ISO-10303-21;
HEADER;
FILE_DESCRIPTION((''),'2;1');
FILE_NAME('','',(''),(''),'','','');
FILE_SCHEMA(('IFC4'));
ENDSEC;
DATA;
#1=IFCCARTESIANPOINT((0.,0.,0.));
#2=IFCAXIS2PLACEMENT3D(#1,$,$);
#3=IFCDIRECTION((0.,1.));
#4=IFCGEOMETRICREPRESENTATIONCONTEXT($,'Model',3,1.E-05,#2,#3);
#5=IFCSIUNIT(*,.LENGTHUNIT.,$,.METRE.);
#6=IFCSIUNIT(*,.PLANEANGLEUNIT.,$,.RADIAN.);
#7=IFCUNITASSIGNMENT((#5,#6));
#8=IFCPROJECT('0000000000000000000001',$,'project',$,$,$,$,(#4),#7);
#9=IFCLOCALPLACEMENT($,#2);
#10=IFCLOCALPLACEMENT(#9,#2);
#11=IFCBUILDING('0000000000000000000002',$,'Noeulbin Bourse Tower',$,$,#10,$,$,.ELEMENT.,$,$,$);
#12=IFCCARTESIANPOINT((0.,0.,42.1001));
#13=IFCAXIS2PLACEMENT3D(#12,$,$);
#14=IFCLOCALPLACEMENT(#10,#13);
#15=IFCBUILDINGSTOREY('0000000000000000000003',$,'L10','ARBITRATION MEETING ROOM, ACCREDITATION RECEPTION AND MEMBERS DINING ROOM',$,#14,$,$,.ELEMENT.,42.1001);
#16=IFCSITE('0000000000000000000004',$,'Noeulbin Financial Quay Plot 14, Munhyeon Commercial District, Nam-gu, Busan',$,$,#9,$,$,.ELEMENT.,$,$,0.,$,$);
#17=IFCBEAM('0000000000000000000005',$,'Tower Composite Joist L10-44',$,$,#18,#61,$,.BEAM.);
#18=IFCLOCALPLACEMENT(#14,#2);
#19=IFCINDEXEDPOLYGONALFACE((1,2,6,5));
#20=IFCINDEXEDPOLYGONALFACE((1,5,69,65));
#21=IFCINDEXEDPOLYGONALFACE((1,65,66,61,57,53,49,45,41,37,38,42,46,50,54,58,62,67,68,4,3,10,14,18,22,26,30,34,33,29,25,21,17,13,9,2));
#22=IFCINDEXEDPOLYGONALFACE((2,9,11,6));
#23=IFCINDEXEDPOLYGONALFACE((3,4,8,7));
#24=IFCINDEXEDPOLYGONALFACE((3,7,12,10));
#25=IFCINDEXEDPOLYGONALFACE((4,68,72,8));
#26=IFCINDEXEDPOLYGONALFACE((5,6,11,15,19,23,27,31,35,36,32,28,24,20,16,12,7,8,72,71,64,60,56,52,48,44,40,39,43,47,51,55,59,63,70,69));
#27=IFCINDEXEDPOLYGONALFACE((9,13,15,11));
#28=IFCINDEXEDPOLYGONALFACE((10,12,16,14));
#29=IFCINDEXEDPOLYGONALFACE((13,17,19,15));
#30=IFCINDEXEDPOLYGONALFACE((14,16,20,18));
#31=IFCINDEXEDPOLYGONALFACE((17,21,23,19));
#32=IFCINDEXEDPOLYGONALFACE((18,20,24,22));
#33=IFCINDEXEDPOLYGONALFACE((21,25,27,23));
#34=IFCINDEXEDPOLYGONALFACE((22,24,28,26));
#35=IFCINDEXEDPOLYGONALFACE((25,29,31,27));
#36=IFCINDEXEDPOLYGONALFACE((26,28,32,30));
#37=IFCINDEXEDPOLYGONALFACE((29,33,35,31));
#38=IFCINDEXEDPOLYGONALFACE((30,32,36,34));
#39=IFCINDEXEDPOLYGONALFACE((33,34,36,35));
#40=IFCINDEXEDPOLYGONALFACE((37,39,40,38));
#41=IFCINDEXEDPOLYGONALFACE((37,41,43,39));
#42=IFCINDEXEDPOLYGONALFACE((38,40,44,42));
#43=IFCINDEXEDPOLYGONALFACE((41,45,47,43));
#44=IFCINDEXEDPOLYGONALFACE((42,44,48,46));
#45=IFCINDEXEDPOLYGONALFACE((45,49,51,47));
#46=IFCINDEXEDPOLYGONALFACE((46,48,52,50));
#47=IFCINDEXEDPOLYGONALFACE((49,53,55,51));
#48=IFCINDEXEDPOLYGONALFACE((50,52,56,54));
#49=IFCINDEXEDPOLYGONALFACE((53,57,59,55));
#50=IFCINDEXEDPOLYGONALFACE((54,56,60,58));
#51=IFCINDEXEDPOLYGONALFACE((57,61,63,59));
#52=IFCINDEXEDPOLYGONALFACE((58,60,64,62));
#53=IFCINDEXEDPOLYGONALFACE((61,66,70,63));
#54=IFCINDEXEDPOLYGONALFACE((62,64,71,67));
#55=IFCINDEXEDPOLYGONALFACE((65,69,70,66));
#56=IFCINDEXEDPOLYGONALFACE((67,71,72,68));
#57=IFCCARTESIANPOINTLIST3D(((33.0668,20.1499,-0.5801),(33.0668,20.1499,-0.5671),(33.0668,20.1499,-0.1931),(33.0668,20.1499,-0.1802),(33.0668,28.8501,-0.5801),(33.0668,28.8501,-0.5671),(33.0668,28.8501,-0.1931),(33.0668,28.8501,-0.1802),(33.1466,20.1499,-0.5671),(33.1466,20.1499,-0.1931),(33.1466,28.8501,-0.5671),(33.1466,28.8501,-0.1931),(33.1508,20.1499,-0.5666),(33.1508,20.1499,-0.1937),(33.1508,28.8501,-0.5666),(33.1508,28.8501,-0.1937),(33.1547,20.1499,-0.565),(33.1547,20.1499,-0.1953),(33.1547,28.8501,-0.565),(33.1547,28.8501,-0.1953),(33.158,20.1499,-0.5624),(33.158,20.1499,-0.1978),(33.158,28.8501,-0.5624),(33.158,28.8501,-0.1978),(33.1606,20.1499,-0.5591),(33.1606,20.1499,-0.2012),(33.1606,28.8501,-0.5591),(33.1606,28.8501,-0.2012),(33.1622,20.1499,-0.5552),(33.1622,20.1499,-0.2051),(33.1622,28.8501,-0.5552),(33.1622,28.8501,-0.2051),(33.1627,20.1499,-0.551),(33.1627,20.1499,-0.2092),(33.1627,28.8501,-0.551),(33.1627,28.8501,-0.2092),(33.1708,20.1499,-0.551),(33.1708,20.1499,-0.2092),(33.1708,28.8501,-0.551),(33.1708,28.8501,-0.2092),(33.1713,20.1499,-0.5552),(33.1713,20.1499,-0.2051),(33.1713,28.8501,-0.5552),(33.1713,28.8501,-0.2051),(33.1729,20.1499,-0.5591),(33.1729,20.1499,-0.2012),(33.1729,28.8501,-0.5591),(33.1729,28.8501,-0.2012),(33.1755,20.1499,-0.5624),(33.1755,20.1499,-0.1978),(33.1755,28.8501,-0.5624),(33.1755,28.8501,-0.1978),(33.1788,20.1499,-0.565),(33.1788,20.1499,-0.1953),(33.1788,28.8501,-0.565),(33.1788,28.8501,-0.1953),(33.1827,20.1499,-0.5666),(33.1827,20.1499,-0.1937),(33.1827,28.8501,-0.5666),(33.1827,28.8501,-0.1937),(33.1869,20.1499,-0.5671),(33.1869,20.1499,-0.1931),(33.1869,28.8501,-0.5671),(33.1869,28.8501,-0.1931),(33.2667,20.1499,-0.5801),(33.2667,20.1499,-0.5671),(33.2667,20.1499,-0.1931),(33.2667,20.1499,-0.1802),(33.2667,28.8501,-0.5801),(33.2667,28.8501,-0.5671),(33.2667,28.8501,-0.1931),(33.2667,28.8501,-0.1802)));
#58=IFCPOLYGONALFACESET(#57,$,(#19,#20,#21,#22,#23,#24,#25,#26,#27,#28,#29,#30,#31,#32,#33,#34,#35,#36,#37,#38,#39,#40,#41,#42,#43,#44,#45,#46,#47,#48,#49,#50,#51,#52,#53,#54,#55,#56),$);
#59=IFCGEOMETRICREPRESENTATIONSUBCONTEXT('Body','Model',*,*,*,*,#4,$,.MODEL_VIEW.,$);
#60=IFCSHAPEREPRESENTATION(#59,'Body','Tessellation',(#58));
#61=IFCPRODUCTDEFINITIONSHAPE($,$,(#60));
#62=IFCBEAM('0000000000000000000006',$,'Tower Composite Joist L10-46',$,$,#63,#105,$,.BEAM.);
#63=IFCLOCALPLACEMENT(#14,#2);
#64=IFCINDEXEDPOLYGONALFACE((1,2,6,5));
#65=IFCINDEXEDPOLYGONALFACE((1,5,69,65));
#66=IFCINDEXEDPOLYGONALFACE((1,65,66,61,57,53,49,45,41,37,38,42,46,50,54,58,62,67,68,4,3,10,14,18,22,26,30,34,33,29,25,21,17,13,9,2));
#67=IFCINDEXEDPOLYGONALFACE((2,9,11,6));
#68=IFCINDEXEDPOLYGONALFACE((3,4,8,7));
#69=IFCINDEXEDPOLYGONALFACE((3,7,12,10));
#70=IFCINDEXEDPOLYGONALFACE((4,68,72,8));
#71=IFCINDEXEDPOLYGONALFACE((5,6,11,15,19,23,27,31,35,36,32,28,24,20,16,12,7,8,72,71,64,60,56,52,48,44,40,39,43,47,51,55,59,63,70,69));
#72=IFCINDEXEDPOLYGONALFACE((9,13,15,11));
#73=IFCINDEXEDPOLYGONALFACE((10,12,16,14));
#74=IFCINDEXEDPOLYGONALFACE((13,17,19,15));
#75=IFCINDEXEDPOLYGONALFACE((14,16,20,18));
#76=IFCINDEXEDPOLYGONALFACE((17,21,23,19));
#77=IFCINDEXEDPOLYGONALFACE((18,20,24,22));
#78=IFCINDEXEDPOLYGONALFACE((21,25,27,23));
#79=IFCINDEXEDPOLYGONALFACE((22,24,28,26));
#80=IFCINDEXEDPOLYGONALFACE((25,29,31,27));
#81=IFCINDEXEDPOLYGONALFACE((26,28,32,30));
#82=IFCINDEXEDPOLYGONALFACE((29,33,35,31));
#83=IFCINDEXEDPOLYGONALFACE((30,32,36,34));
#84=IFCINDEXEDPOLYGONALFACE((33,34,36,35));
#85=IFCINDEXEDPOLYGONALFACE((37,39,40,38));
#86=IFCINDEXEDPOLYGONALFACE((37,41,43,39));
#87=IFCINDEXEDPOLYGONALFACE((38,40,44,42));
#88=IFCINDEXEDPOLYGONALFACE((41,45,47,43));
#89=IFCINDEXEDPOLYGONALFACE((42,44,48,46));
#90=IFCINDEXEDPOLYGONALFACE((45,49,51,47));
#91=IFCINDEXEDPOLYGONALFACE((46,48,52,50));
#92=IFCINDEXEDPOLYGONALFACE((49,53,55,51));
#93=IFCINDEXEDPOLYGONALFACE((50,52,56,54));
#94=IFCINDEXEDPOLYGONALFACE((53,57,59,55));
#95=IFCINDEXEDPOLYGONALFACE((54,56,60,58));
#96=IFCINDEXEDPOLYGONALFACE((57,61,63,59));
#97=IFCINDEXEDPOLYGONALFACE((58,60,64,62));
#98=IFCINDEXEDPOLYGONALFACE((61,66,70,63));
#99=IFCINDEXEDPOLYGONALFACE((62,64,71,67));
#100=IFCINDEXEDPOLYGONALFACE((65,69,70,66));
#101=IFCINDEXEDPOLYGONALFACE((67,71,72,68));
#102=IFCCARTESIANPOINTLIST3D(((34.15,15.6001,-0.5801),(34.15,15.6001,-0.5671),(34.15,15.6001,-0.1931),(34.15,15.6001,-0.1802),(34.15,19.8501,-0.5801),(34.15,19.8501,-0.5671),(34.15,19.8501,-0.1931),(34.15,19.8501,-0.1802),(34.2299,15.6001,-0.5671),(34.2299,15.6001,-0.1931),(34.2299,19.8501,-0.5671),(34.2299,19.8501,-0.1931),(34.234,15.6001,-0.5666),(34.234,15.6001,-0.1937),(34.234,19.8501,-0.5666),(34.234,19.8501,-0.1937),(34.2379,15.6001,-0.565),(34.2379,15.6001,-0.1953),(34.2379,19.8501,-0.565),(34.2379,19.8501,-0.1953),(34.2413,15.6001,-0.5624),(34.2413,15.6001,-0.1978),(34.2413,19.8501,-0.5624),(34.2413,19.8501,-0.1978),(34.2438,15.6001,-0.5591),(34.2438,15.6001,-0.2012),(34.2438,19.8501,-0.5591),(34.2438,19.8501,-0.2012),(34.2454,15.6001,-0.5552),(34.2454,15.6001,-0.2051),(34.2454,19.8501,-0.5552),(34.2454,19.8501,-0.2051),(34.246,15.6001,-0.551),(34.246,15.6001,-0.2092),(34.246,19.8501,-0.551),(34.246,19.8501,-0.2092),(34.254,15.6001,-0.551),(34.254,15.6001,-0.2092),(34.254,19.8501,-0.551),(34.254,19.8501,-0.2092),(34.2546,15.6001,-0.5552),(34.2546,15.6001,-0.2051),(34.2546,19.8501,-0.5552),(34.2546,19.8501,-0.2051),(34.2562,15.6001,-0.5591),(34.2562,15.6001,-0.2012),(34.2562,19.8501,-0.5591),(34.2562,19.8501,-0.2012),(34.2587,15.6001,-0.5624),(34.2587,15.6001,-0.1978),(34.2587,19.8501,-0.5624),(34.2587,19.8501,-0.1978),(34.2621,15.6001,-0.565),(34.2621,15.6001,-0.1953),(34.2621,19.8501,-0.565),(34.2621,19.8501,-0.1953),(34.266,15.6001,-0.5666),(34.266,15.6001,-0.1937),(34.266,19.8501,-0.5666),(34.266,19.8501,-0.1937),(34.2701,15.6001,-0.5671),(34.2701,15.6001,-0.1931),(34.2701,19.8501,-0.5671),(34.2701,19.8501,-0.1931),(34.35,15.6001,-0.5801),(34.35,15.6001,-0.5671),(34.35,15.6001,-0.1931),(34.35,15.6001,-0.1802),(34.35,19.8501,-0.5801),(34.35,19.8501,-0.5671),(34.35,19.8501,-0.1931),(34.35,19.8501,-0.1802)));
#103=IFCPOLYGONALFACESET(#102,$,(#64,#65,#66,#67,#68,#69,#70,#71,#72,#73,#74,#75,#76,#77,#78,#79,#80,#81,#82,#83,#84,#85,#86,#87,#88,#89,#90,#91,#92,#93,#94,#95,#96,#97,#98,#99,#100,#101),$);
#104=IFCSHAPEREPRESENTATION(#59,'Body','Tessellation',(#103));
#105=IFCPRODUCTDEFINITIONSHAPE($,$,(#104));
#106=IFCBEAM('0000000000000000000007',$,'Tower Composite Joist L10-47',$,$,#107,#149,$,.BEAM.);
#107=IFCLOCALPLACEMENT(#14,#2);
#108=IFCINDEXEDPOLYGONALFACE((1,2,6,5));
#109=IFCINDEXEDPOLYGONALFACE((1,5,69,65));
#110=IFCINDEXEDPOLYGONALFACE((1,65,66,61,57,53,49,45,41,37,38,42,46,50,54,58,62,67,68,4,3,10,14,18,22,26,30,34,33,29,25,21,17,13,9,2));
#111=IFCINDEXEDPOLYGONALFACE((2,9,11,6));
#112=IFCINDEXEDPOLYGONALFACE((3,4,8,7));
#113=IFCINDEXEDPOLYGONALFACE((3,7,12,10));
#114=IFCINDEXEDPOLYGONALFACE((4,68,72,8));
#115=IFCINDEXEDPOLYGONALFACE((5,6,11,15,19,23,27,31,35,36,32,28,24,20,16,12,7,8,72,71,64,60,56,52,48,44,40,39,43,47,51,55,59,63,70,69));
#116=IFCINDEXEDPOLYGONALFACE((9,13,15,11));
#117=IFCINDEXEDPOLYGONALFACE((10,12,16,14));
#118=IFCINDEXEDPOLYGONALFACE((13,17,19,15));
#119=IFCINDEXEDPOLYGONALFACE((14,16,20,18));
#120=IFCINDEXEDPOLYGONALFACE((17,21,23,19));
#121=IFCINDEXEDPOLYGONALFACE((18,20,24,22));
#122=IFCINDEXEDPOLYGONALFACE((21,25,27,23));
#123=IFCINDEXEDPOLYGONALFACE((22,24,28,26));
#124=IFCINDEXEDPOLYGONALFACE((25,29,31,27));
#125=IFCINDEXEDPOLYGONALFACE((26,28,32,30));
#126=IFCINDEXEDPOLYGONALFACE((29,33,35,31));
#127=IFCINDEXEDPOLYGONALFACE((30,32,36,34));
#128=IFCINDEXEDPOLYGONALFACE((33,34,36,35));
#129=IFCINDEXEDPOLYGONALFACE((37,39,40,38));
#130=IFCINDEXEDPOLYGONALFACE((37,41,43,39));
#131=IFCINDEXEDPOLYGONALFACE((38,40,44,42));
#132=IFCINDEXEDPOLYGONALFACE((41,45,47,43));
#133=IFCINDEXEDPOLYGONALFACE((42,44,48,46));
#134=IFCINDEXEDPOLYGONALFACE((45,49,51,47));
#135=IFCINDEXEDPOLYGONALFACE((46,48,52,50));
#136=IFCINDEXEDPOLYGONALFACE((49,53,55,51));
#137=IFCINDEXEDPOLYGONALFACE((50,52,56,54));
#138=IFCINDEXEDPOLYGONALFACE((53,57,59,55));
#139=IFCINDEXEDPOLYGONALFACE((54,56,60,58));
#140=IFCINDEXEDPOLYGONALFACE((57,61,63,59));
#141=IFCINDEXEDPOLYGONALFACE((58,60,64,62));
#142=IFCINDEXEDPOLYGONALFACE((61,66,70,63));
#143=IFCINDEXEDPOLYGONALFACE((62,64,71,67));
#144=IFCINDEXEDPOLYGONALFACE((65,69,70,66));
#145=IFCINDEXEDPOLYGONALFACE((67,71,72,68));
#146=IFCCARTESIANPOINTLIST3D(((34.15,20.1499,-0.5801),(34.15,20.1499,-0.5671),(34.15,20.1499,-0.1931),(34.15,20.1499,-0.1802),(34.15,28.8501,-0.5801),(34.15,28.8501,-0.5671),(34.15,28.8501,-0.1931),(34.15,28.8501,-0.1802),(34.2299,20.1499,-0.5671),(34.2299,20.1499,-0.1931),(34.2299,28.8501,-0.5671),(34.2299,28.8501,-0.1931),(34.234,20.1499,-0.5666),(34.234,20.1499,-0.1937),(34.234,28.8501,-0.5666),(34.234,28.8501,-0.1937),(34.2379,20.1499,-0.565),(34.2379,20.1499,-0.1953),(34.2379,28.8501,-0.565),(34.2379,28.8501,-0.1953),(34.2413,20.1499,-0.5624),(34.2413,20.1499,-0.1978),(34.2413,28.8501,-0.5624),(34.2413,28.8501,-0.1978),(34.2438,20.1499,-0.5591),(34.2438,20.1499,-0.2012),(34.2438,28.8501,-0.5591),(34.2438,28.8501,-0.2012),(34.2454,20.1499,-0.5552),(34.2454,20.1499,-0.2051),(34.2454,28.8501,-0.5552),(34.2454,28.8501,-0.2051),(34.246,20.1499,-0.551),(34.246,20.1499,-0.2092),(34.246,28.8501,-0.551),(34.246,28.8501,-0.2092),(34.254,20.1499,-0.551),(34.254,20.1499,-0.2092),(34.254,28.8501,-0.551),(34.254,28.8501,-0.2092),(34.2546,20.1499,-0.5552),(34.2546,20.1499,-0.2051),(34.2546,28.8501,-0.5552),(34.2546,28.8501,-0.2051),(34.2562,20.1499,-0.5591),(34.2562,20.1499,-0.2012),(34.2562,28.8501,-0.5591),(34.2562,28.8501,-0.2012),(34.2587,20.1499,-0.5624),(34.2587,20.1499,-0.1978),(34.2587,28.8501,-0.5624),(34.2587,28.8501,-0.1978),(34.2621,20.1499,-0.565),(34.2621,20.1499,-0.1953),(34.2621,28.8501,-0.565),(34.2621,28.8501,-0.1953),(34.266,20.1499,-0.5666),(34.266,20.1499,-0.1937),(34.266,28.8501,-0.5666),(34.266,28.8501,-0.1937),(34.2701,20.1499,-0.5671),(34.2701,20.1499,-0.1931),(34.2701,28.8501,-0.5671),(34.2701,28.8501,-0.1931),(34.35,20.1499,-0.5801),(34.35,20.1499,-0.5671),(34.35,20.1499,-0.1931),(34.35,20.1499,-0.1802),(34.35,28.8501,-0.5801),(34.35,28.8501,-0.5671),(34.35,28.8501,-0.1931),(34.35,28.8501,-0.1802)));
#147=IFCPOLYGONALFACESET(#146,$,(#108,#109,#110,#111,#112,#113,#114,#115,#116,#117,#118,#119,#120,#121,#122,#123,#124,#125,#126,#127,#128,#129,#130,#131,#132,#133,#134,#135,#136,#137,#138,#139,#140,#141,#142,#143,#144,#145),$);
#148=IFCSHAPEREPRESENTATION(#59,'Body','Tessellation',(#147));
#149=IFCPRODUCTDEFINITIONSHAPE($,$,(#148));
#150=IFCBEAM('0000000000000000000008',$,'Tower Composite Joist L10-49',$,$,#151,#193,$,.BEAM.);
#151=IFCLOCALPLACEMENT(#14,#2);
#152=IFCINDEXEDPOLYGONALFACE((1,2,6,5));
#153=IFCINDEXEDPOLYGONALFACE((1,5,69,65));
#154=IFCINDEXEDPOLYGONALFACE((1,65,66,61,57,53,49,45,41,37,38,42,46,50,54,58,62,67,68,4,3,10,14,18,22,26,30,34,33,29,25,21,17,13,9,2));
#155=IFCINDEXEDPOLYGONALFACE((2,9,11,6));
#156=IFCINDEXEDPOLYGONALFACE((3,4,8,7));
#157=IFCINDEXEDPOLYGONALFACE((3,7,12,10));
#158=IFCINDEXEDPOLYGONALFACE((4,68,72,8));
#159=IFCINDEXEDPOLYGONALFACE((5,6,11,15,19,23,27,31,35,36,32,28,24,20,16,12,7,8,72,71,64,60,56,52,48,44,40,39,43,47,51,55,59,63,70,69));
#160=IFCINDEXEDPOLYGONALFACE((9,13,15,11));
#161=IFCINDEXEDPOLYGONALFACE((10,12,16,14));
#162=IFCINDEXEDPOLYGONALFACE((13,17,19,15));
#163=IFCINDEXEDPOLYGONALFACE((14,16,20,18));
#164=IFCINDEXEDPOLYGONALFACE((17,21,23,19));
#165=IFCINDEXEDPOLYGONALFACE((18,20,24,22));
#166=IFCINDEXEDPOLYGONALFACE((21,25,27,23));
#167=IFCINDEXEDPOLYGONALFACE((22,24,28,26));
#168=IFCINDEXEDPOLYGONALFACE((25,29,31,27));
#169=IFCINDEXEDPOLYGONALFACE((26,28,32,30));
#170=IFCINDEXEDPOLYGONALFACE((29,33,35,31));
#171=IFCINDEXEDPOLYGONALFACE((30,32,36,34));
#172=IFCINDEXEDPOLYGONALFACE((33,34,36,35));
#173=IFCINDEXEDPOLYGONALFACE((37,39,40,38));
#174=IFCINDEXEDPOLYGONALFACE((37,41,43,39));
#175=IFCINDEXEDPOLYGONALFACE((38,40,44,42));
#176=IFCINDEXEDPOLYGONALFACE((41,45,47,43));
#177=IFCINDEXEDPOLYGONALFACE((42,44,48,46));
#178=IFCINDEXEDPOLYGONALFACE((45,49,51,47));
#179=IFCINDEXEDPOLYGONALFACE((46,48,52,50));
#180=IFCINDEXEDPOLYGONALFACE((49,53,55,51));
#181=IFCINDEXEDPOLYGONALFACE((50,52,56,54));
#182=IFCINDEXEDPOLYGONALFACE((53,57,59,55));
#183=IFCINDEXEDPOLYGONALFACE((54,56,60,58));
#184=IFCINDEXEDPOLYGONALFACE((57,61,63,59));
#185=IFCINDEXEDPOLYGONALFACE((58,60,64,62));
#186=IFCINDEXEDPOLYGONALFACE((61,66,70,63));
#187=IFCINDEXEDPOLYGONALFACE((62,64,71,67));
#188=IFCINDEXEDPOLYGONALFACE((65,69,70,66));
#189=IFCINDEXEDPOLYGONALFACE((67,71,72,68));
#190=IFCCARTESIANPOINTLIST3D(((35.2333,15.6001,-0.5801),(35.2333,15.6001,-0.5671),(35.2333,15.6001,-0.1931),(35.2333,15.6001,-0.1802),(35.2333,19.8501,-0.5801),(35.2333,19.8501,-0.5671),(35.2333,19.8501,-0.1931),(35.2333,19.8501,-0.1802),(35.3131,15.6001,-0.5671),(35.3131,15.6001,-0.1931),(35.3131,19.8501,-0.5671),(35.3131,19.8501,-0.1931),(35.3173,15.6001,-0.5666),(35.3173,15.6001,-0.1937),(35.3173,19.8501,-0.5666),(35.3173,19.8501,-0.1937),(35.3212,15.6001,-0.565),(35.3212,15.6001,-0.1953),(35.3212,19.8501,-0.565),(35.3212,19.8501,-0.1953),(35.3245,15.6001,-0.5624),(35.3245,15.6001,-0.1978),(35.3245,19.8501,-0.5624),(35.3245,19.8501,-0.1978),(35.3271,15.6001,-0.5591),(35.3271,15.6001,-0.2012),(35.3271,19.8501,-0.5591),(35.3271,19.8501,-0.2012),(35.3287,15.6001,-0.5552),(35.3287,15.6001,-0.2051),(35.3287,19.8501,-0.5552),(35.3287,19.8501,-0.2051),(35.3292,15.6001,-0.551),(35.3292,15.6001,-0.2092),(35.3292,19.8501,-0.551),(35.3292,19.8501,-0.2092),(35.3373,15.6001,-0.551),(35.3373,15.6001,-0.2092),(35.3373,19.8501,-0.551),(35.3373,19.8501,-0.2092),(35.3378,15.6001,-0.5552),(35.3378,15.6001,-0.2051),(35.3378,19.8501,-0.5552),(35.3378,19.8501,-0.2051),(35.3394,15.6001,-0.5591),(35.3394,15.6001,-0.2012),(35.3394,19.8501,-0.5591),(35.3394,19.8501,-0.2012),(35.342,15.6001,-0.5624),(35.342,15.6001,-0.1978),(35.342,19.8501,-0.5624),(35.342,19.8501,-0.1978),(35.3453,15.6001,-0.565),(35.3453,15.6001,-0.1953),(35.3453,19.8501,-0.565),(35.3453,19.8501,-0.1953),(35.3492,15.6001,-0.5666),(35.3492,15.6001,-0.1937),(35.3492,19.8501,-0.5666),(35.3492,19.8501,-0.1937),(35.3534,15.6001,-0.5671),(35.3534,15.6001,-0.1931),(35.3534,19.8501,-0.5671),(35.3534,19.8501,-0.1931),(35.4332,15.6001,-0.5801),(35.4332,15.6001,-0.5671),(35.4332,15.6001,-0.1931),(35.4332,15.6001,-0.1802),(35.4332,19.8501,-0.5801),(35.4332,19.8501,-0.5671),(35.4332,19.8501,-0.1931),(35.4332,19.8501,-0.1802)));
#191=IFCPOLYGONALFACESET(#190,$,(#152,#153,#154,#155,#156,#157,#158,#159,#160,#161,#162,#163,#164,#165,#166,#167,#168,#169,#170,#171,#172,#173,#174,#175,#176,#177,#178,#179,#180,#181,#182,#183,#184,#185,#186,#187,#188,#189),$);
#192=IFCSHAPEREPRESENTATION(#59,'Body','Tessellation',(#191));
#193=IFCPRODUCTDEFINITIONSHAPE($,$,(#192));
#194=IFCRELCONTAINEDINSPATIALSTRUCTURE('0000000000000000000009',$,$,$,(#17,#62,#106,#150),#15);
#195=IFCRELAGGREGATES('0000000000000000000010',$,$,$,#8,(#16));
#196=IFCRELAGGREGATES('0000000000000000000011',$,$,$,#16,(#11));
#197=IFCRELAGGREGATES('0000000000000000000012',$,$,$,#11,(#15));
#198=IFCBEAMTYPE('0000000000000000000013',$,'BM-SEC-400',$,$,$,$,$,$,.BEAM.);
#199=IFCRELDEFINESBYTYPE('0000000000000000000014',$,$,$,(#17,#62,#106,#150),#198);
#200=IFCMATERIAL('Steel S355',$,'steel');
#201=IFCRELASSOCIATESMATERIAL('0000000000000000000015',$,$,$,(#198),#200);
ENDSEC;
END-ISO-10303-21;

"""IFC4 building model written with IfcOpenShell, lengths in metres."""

from ifc_helpers import new_model, si_unit, direction, frame, origin, origin_2d, place, context, subcontext, project, spatial, i_section, extrude, material, material_profile, profile_set, type_object, element, save


model = new_model("IFC4")

# Units and contexts
model_context = context("Model", 3, precision=1e-05, world=origin(), true_north=direction((0.0, 1.0)))
body_context = subcontext(model_context, "Body", "Model", "MODEL_VIEW")
ifc_project = project(units=[si_unit("LENGTHUNIT", "METRE"), si_unit("PLANEANGLEUNIT", "RADIAN")], contexts=[model_context])

# Site, building, storey
site_placement = place(None, origin())
site = spatial("IfcSite", under=ifc_project, at=site_placement, Name="Noeulbin Financial Quay Plot 14, Munhyeon Commercial District, Nam-gu, Busan", CompositionType="ELEMENT", RefElevation=0.0)
building_placement = place(site_placement, origin())
building = spatial("IfcBuilding", under=site, at=building_placement, Name="Noeulbin Bourse Tower", CompositionType="ELEMENT")
storey_placement = place(building_placement, frame((0.0, 0.0, 42.1001)))
storey = spatial("IfcBuildingStorey", under=building, at=storey_placement, Name="L10", Description="ARBITRATION MEETING ROOM, ACCREDITATION RECEPTION AND MEMBERS DINING ROOM", CompositionType="ELEMENT", Elevation=42.1001)

# Beams
ifc_material_1 = material(Name="Steel S355", Category="steel")
ifc_material_profile_1 = material_profile(ifc_material_1, i_section(OverallWidth=0.2, OverallDepth=0.3999, WebThickness=0.0081, FlangeThickness=0.0129, FilletRadius=0.0161, at=origin_2d()), Name="H-400x200x8x13", Category="LoadBearing")
ifc_profile_set_1 = profile_set([ifc_material_profile_1], Name="Steel S355")
beam_type_1 = type_object("IfcBeamType", Name="BM-SEC-400", PredefinedType="BEAM", material=ifc_profile_set_1)
for number, where, z_axis, x_axis, name in (
    (1, (33.1667, 20.1499, -0.3801), (0.0, 1.0, 0.0), (-1.0, 0.0, 0.0), "Tower Composite Joist L10-44"),
):
    element("IfcBeam", number, at=place(storey_placement, frame(where, z_axis=z_axis, x_axis=x_axis)), inside=storey, type_object=beam_type_1, Name=name, PredefinedType="BEAM", context=body_context, shape_type="SweptSolid", body=[
        extrude(i_section(OverallWidth=0.2, OverallDepth=0.3999, WebThickness=0.0081, FlangeThickness=0.0129, FilletRadius=0.0161, at=origin_2d()), origin(), (0.0, 0.0, 1.0), 8.7002),
    ])
beam_1_placement = place(storey_placement, frame((34.25, 15.6001, -0.3801), z_axis=(0.0, 1.0, 0.0), x_axis=(-1.0, 0.0, 0.0)))
element("IfcBeam", 2, at=beam_1_placement, inside=storey, type_object=beam_type_1, Name="Tower Composite Joist L10-46", PredefinedType="BEAM", context=body_context, shape_type="SweptSolid", body=[
    extrude(i_section(OverallWidth=0.2, OverallDepth=0.3999, WebThickness=0.0081, FlangeThickness=0.0129, FilletRadius=0.0161, at=origin_2d()), origin(), (0.0, 0.0, 1.0), 4.25),
])
beam_2_placement = place(storey_placement, frame((34.25, 20.1499, -0.3801), z_axis=(0.0, 1.0, 0.0), x_axis=(-1.0, 0.0, 0.0)))
element("IfcBeam", 3, at=beam_2_placement, inside=storey, type_object=beam_type_1, Name="Tower Composite Joist L10-47", PredefinedType="BEAM", context=body_context, shape_type="SweptSolid", body=[
    extrude(i_section(OverallWidth=0.2, OverallDepth=0.3999, WebThickness=0.0081, FlangeThickness=0.0129, FilletRadius=0.0161, at=origin_2d()), origin(), (0.0, 0.0, 1.0), 8.7002),
])
beam_3_placement = place(storey_placement, frame((35.3333, 15.6001, -0.3801), z_axis=(0.0, 1.0, 0.0), x_axis=(-1.0, 0.0, 0.0)))
element("IfcBeam", 4, at=beam_3_placement, inside=storey, type_object=beam_type_1, Name="Tower Composite Joist L10-49", PredefinedType="BEAM", context=body_context, shape_type="SweptSolid", body=[
    extrude(i_section(OverallWidth=0.2, OverallDepth=0.3999, WebThickness=0.0081, FlangeThickness=0.0129, FilletRadius=0.0161, at=origin_2d()), origin(), (0.0, 0.0, 1.0), 4.25),
])

save(model, "model.ifc")
